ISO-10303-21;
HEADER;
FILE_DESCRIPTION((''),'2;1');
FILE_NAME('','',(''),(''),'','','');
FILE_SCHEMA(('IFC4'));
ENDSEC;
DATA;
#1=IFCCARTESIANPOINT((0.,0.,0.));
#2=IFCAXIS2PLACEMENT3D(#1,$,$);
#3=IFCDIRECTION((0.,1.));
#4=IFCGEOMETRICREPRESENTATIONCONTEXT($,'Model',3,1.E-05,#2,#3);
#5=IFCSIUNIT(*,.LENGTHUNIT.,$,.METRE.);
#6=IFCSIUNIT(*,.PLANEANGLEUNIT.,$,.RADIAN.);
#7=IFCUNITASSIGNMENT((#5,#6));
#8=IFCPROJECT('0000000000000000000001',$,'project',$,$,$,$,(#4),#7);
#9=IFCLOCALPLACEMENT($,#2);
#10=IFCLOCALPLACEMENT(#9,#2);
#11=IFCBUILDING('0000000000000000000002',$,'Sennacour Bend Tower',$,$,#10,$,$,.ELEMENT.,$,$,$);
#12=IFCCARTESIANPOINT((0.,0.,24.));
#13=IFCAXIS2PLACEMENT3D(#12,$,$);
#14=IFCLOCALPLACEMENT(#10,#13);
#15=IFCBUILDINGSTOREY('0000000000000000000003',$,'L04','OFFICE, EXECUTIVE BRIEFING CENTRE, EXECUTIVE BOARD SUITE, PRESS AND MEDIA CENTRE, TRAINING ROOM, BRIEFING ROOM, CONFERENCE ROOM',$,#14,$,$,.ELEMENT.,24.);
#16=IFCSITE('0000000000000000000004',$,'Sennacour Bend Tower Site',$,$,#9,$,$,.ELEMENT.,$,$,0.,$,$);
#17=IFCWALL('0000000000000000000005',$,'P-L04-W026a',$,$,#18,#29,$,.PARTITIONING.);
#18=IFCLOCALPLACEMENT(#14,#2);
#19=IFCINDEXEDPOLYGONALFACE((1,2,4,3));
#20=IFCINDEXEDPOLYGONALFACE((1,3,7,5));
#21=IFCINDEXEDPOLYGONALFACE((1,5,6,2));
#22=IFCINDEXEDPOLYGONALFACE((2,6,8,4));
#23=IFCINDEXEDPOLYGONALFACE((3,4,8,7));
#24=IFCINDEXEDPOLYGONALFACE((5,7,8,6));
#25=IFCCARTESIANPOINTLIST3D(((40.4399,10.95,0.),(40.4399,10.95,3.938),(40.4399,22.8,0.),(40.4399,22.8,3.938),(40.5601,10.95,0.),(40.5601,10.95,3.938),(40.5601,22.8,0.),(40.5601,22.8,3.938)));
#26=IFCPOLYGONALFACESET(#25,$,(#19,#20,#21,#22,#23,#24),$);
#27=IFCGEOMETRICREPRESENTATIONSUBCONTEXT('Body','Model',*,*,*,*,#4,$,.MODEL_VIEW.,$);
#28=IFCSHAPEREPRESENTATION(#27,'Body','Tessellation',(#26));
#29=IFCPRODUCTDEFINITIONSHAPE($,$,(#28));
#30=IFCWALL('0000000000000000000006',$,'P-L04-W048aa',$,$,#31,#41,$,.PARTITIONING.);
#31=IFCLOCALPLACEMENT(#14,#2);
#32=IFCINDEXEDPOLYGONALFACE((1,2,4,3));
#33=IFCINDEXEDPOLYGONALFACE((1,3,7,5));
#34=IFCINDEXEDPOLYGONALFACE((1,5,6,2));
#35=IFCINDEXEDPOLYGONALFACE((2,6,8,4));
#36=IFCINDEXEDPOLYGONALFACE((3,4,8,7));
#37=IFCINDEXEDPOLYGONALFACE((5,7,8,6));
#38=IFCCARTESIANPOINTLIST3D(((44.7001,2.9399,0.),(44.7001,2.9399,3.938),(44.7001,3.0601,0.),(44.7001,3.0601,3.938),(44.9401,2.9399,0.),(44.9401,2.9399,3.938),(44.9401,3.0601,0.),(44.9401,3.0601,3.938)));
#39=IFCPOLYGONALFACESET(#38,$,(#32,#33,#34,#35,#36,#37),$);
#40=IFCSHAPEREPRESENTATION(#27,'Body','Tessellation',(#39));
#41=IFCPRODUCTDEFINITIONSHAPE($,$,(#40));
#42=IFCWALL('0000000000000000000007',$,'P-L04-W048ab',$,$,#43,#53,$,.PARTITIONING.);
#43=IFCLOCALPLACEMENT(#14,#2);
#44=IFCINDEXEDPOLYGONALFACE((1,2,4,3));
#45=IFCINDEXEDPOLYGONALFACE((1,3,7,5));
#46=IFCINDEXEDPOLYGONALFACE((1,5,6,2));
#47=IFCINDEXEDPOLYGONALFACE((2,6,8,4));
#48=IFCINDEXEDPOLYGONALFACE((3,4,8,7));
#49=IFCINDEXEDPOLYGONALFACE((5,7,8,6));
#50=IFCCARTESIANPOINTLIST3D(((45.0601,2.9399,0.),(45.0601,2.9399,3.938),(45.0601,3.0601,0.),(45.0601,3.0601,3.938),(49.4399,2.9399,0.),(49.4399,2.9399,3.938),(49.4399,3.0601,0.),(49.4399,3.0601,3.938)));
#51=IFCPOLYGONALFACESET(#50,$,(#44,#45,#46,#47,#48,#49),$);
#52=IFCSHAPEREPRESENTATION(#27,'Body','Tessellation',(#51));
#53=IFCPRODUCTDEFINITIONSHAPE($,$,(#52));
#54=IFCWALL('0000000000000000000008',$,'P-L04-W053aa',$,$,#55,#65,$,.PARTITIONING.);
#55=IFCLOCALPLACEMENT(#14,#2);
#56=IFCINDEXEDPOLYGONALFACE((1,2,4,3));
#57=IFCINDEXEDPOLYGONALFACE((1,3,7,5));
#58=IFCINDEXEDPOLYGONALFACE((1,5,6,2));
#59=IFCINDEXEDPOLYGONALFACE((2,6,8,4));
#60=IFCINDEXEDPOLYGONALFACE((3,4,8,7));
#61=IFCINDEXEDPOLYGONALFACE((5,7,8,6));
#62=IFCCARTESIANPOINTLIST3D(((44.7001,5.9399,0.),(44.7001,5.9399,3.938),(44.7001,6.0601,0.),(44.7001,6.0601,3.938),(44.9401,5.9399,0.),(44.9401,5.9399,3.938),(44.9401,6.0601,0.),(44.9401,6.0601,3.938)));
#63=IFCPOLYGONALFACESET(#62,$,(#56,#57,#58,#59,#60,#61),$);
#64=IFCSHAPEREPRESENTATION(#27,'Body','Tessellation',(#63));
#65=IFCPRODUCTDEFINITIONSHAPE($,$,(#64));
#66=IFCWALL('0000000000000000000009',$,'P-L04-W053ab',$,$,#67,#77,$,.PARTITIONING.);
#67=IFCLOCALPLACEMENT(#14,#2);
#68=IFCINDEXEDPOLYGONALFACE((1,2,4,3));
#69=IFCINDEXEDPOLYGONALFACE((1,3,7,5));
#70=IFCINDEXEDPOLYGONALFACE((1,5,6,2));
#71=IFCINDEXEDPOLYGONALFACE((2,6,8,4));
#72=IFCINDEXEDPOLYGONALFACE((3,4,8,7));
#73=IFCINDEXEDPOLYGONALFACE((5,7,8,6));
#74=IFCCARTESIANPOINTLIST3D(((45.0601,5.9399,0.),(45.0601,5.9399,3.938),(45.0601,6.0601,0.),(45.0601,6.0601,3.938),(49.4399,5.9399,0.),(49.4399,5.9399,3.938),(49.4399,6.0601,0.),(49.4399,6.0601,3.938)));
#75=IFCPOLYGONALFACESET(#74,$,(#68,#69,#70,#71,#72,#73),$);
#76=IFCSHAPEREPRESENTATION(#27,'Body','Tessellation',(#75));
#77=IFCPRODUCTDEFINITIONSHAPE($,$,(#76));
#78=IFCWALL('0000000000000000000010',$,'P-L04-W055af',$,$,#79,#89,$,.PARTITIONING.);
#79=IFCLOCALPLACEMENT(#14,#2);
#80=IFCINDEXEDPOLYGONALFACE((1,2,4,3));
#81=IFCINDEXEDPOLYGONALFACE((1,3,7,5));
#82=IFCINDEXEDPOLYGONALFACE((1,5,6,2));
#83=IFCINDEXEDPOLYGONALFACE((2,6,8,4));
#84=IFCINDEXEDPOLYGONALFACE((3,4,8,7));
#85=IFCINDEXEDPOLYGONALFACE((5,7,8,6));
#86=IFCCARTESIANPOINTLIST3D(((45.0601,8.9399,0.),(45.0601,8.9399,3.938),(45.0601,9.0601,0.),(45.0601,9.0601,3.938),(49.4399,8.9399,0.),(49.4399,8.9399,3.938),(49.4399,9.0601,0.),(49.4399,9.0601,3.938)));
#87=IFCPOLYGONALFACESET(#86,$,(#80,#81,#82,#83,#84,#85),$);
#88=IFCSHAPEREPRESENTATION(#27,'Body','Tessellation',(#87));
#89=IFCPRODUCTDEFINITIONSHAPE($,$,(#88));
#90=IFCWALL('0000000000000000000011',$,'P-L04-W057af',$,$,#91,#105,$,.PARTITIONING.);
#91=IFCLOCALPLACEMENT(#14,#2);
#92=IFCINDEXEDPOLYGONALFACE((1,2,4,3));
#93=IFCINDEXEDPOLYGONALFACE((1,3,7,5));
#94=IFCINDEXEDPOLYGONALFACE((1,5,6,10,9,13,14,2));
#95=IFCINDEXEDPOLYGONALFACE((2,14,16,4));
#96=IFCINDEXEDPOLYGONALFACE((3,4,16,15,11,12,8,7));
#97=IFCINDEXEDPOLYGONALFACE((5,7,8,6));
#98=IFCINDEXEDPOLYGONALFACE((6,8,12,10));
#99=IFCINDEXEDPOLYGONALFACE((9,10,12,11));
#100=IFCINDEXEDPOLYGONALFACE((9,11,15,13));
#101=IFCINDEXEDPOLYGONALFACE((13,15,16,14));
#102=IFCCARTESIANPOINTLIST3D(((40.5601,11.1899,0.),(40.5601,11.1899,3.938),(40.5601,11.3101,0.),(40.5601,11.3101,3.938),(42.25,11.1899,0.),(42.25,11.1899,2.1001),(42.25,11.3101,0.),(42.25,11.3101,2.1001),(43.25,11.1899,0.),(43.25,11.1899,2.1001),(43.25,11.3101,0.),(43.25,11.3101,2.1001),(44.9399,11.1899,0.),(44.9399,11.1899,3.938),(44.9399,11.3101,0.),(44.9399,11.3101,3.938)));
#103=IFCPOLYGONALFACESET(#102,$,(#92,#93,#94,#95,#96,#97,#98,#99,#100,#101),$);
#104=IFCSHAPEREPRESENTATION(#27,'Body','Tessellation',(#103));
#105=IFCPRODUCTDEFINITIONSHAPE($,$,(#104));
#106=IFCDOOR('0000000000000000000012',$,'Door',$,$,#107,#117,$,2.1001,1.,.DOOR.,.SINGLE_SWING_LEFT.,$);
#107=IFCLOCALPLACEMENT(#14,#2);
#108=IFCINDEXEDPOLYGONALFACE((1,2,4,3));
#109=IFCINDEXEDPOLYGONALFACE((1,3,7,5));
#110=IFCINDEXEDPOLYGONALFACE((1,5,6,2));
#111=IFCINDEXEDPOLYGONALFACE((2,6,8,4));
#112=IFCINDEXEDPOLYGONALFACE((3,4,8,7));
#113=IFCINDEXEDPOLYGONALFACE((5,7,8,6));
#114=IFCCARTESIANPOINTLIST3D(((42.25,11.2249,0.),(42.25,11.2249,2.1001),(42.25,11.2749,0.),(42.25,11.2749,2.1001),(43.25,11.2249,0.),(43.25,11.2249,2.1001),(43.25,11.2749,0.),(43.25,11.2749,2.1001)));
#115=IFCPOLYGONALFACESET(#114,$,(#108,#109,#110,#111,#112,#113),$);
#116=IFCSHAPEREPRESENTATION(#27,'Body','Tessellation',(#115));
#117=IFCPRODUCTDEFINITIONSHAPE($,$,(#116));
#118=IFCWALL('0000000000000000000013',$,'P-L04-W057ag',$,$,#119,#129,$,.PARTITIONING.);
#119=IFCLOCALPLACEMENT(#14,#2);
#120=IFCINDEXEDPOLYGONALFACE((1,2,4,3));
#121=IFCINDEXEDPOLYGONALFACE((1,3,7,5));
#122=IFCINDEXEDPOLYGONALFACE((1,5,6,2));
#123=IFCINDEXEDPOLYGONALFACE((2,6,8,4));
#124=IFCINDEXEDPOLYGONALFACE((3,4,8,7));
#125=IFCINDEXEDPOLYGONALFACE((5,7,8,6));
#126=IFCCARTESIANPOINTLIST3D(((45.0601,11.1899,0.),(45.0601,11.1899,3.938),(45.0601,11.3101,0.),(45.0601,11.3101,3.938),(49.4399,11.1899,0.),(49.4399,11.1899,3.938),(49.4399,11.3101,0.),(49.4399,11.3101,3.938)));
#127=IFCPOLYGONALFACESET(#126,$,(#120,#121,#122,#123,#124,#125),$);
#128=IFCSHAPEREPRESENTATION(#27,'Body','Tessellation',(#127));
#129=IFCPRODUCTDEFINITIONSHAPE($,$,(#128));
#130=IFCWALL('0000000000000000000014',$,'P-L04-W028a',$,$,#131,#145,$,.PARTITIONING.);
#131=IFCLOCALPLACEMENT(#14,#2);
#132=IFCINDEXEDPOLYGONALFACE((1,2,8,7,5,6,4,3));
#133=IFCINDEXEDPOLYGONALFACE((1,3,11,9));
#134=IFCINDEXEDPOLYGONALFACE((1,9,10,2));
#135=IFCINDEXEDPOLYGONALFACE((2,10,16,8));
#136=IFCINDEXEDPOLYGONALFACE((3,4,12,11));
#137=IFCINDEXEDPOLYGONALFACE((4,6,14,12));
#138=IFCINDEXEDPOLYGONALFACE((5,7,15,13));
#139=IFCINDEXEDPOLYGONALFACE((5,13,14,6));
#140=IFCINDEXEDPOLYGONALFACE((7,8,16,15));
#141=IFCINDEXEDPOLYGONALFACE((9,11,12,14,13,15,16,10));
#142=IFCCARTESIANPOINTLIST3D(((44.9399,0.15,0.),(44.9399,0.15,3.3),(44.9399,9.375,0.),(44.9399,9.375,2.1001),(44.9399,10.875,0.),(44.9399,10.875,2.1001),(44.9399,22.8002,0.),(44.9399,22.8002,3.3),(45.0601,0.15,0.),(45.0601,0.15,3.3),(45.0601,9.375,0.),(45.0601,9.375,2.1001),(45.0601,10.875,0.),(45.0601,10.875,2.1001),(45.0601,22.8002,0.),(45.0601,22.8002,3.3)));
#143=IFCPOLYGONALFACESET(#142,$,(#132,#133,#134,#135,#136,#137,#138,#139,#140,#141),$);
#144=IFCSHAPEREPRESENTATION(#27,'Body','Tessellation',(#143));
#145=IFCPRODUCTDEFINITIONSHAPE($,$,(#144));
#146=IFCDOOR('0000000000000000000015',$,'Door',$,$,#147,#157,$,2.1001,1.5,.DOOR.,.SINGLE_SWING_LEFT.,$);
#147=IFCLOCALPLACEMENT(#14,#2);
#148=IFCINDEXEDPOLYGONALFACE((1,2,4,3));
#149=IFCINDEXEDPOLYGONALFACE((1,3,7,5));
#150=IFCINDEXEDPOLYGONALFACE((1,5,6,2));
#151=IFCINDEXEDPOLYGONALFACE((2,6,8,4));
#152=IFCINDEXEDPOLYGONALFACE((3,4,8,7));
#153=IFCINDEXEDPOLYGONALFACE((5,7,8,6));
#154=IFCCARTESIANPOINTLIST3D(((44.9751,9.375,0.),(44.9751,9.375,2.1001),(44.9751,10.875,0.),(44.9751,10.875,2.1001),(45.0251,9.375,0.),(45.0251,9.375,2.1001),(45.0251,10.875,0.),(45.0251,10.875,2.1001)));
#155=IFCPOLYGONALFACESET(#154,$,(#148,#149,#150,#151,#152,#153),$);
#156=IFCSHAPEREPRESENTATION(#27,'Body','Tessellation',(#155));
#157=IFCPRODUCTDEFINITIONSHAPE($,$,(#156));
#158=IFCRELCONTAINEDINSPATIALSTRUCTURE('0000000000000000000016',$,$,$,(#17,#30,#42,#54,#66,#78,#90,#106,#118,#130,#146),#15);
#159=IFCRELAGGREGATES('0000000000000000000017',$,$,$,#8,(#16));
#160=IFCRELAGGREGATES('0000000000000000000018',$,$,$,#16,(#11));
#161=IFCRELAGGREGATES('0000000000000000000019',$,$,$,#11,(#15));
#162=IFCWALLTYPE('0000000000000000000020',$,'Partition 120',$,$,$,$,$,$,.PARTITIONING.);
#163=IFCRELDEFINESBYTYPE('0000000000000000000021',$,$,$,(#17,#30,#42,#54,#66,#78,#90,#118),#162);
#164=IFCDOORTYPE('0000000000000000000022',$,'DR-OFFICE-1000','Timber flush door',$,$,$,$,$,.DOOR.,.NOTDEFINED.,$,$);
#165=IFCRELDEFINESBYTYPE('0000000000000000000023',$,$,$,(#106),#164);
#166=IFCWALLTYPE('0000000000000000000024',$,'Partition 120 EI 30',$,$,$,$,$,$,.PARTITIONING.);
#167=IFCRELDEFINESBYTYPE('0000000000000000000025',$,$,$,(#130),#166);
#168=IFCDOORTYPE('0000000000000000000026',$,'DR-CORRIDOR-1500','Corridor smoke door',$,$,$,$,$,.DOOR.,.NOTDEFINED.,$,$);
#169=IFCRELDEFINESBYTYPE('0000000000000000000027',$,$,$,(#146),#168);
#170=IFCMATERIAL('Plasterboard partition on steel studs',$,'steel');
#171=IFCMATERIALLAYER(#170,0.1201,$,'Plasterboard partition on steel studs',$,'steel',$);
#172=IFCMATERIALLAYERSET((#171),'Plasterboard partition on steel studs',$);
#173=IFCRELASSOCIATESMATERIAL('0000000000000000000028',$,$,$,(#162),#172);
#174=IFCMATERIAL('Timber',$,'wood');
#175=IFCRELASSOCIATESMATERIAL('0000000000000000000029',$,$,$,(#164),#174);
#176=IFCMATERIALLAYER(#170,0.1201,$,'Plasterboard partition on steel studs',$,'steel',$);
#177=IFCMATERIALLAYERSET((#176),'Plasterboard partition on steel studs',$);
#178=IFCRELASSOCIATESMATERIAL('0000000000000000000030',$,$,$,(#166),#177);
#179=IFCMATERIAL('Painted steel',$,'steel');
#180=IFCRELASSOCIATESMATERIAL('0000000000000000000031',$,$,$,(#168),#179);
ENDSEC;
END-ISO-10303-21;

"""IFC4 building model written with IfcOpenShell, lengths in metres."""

from ifc_helpers import new_model, si_unit, direction, frame, frame_2d, origin, place, context, subcontext, project, spatial, rectangle, extrude, material, layer, layer_set, type_object, element, fill, save


model = new_model("IFC4")

# Units and contexts
model_context = context("Model", 3, precision=1e-05, world=origin(), true_north=direction((0.0, 1.0)))
body_context = subcontext(model_context, "Body", "Model", "MODEL_VIEW")
ifc_project = project(units=[si_unit("LENGTHUNIT", "METRE"), si_unit("PLANEANGLEUNIT", "RADIAN")], contexts=[model_context])

# Site, building, storey
site_placement = place(None, origin())
site = spatial("IfcSite", under=ifc_project, at=site_placement, Name="Sennacour Bend Tower Site", CompositionType="ELEMENT", RefElevation=0.0)
building_placement = place(site_placement, origin())
building = spatial("IfcBuilding", under=site, at=building_placement, Name="Sennacour Bend Tower", CompositionType="ELEMENT")
storey_placement = place(building_placement, frame((0.0, 0.0, 24.0)))
storey = spatial("IfcBuildingStorey", under=building, at=storey_placement, Name="L04", Description="OFFICE, EXECUTIVE BRIEFING CENTRE, EXECUTIVE BOARD SUITE, PRESS AND MEDIA CENTRE, TRAINING ROOM, BRIEFING ROOM, CONFERENCE ROOM", CompositionType="ELEMENT", Elevation=24.0)

# Walls
ifc_material_1 = material(Name="Plasterboard partition on steel studs", Category="steel")
ifc_layer_1 = layer(ifc_material_1, 0.1201, Name="Plasterboard partition on steel studs", Category="steel")
ifc_layer_set_1 = layer_set([ifc_layer_1], Name="Plasterboard partition on steel studs")
wall_type_1 = type_object("IfcWallType", Name="Partition 120", PredefinedType="PARTITIONING", material=ifc_layer_set_1)
wall_1_placement = place(storey_placement, frame((40.5, 10.95, 0.0), z_axis=(0.0, 0.0, 1.0), x_axis=(0.0, 1.0, 0.0)))
element("IfcWall", 1, at=wall_1_placement, inside=storey, type_object=wall_type_1, Name="P-L04-W026a", PredefinedType="PARTITIONING", context=body_context, shape_type="SweptSolid", body=[
    extrude(rectangle(XDim=11.8501, YDim=0.1201, at=frame_2d((5.925, 0.0))), origin(), (0.0, 0.0, 1.0), 3.938),
])
wall_2_placement = place(storey_placement, frame((44.7, 3.0, 0.0), z_axis=(0.0, 0.0, 1.0), x_axis=(1.0, 0.0, 0.0)))
element("IfcWall", 2, at=wall_2_placement, inside=storey, type_object=wall_type_1, Name="P-L04-W048aa", PredefinedType="PARTITIONING", context=body_context, shape_type="SweptSolid", body=[
    extrude(rectangle(XDim=0.24, YDim=0.1201, at=frame_2d((0.1201, 0.0))), origin(), (0.0, 0.0, 1.0), 3.938),
])
wall_3_placement = place(storey_placement, frame((45.0601, 3.0, 0.0), z_axis=(0.0, 0.0, 1.0), x_axis=(1.0, 0.0, 0.0)))
element("IfcWall", 3, at=wall_3_placement, inside=storey, type_object=wall_type_1, Name="P-L04-W048ab", PredefinedType="PARTITIONING", context=body_context, shape_type="SweptSolid", body=[
    extrude(rectangle(XDim=4.3799, YDim=0.1201, at=frame_2d((2.1899, 0.0))), origin(), (0.0, 0.0, 1.0), 3.938),
])
wall_4_placement = place(storey_placement, frame((44.7, 6.0, 0.0), z_axis=(0.0, 0.0, 1.0), x_axis=(1.0, 0.0, 0.0)))
element("IfcWall", 4, at=wall_4_placement, inside=storey, type_object=wall_type_1, Name="P-L04-W053aa", PredefinedType="PARTITIONING", context=body_context, shape_type="SweptSolid", body=[
    extrude(rectangle(XDim=0.24, YDim=0.1201, at=frame_2d((0.1201, 0.0))), origin(), (0.0, 0.0, 1.0), 3.938),
])
for number, where, z_axis, x_axis, name in (
    (5, (45.0601, 6.0, 0.0), (0.0, 0.0, 1.0), (1.0, 0.0, 0.0), "P-L04-W053ab"),
    (6, (45.0601, 9.0, 0.0), (0.0, 0.0, 1.0), (1.0, 0.0, 0.0), "P-L04-W055af"),
):
    element("IfcWall", number, at=place(storey_placement, frame(where, z_axis=z_axis, x_axis=x_axis)), inside=storey, type_object=wall_type_1, Name=name, PredefinedType="PARTITIONING", context=body_context, shape_type="SweptSolid", body=[
        extrude(rectangle(XDim=4.3799, YDim=0.1201, at=frame_2d((2.1899, 0.0))), origin(), (0.0, 0.0, 1.0), 3.938),
    ])

# Wall, opening, door
wall_5_placement = place(storey_placement, frame((40.5601, 11.25, 0.0), z_axis=(0.0, 0.0, 1.0), x_axis=(1.0, 0.0, 0.0)))
wall_5 = element("IfcWall", 7, at=wall_5_placement, inside=storey, type_object=wall_type_1, Name="P-L04-W057af", PredefinedType="PARTITIONING", context=body_context, shape_type="SweptSolid", body=[
    extrude(rectangle(XDim=4.3799, YDim=0.1201, at=frame_2d((2.1899, 0.0))), origin(), (0.0, 0.0, 1.0), 3.938),
])
opening_1_placement = place(wall_5_placement, frame((1.6899, 0.0, 0.0)))
opening_1 = element("IfcOpeningElement", 8, at=opening_1_placement, cuts=wall_5, PredefinedType="OPENING", context=body_context, shape_type="SweptSolid", body=[
    extrude(rectangle(XDim=1.0, YDim=2.1001, at=frame_2d((0.5, 1.05))), frame((0.0, 0.0701, 0.0), z_axis=(0.0, -1.0, 0.0), x_axis=(1.0, 0.0, 0.0)), (0.0, 0.0, 1.0), 0.1401),
])
ifc_material_2 = material(Name="Timber", Category="wood")
door_type_1 = type_object("IfcDoorType", Name="DR-OFFICE-1000", Description="Timber flush door", OperationType="NOTDEFINED", PredefinedType="DOOR", material=ifc_material_2)
door_1_placement = place(opening_1_placement, origin())
door_1 = element("IfcDoor", 9, at=door_1_placement, inside=storey, type_object=door_type_1, Name="Door", OperationType="SINGLE_SWING_LEFT", OverallHeight=2.1001, OverallWidth=1.0, PredefinedType="DOOR", context=body_context, shape_type="SweptSolid", body=[
    extrude(rectangle(XDim=1.0, YDim=2.1001, at=frame_2d((0.5, 1.05))), frame((0.0, 0.0249, 0.0), z_axis=(0.0, -1.0, 0.0), x_axis=(1.0, 0.0, 0.0)), (0.0, 0.0, 1.0), 0.05),
])
fill(opening_1, door_1)

# Wall
wall_6_placement = place(storey_placement, frame((45.0601, 11.25, 0.0), z_axis=(0.0, 0.0, 1.0), x_axis=(1.0, 0.0, 0.0)))
element("IfcWall", 10, at=wall_6_placement, inside=storey, type_object=wall_type_1, Name="P-L04-W057ag", PredefinedType="PARTITIONING", context=body_context, shape_type="SweptSolid", body=[
    extrude(rectangle(XDim=4.3799, YDim=0.1201, at=frame_2d((2.1899, 0.0))), origin(), (0.0, 0.0, 1.0), 3.938),
])

# Wall, opening, door
ifc_layer_2 = layer(ifc_material_1, 0.1201, Name="Plasterboard partition on steel studs", Category="steel")
ifc_layer_set_2 = layer_set([ifc_layer_2], Name="Plasterboard partition on steel studs")
wall_type_2 = type_object("IfcWallType", Name="Partition 120 EI 30", PredefinedType="PARTITIONING", material=ifc_layer_set_2)
wall_7_placement = place(storey_placement, frame((45.0, 0.1499, 0.0), z_axis=(0.0, 0.0, 1.0), x_axis=(0.0, 1.0, 0.0)))
wall_7 = element("IfcWall", 11, at=wall_7_placement, inside=storey, type_object=wall_type_2, Name="P-L04-W028a", PredefinedType="PARTITIONING", context=body_context, shape_type="SweptSolid", body=[
    extrude(rectangle(XDim=22.6501, YDim=0.1201, at=frame_2d((11.3252, 0.0))), origin(), (0.0, 0.0, 1.0), 3.3),
])
opening_2_placement = place(wall_7_placement, frame((9.2251, 0.0, 0.0)))
opening_2 = element("IfcOpeningElement", 12, at=opening_2_placement, cuts=wall_7, PredefinedType="OPENING", context=body_context, shape_type="SweptSolid", body=[
    extrude(rectangle(XDim=1.5, YDim=2.1001, at=frame_2d((0.75, 1.05))), frame((0.0, 0.0701, 0.0), z_axis=(0.0, -1.0, 0.0), x_axis=(1.0, 0.0, 0.0)), (0.0, 0.0, 1.0), 0.1401),
])
ifc_material_3 = material(Name="Painted steel", Category="steel")
door_type_2 = type_object("IfcDoorType", Name="DR-CORRIDOR-1500", Description="Corridor smoke door", OperationType="NOTDEFINED", PredefinedType="DOOR", material=ifc_material_3)
door_2_placement = place(opening_2_placement, origin())
door_2 = element("IfcDoor", 13, at=door_2_placement, inside=storey, type_object=door_type_2, Name="Door", OperationType="SINGLE_SWING_LEFT", OverallHeight=2.1001, OverallWidth=1.5, PredefinedType="DOOR", context=body_context, shape_type="SweptSolid", body=[
    extrude(rectangle(XDim=1.5, YDim=2.1001, at=frame_2d((0.75, 1.05))), frame((0.0, 0.0249, 0.0), z_axis=(0.0, -1.0, 0.0), x_axis=(1.0, 0.0, 0.0)), (0.0, 0.0, 1.0), 0.05),
])
fill(opening_2, door_2)

save(model, "model.ifc")
